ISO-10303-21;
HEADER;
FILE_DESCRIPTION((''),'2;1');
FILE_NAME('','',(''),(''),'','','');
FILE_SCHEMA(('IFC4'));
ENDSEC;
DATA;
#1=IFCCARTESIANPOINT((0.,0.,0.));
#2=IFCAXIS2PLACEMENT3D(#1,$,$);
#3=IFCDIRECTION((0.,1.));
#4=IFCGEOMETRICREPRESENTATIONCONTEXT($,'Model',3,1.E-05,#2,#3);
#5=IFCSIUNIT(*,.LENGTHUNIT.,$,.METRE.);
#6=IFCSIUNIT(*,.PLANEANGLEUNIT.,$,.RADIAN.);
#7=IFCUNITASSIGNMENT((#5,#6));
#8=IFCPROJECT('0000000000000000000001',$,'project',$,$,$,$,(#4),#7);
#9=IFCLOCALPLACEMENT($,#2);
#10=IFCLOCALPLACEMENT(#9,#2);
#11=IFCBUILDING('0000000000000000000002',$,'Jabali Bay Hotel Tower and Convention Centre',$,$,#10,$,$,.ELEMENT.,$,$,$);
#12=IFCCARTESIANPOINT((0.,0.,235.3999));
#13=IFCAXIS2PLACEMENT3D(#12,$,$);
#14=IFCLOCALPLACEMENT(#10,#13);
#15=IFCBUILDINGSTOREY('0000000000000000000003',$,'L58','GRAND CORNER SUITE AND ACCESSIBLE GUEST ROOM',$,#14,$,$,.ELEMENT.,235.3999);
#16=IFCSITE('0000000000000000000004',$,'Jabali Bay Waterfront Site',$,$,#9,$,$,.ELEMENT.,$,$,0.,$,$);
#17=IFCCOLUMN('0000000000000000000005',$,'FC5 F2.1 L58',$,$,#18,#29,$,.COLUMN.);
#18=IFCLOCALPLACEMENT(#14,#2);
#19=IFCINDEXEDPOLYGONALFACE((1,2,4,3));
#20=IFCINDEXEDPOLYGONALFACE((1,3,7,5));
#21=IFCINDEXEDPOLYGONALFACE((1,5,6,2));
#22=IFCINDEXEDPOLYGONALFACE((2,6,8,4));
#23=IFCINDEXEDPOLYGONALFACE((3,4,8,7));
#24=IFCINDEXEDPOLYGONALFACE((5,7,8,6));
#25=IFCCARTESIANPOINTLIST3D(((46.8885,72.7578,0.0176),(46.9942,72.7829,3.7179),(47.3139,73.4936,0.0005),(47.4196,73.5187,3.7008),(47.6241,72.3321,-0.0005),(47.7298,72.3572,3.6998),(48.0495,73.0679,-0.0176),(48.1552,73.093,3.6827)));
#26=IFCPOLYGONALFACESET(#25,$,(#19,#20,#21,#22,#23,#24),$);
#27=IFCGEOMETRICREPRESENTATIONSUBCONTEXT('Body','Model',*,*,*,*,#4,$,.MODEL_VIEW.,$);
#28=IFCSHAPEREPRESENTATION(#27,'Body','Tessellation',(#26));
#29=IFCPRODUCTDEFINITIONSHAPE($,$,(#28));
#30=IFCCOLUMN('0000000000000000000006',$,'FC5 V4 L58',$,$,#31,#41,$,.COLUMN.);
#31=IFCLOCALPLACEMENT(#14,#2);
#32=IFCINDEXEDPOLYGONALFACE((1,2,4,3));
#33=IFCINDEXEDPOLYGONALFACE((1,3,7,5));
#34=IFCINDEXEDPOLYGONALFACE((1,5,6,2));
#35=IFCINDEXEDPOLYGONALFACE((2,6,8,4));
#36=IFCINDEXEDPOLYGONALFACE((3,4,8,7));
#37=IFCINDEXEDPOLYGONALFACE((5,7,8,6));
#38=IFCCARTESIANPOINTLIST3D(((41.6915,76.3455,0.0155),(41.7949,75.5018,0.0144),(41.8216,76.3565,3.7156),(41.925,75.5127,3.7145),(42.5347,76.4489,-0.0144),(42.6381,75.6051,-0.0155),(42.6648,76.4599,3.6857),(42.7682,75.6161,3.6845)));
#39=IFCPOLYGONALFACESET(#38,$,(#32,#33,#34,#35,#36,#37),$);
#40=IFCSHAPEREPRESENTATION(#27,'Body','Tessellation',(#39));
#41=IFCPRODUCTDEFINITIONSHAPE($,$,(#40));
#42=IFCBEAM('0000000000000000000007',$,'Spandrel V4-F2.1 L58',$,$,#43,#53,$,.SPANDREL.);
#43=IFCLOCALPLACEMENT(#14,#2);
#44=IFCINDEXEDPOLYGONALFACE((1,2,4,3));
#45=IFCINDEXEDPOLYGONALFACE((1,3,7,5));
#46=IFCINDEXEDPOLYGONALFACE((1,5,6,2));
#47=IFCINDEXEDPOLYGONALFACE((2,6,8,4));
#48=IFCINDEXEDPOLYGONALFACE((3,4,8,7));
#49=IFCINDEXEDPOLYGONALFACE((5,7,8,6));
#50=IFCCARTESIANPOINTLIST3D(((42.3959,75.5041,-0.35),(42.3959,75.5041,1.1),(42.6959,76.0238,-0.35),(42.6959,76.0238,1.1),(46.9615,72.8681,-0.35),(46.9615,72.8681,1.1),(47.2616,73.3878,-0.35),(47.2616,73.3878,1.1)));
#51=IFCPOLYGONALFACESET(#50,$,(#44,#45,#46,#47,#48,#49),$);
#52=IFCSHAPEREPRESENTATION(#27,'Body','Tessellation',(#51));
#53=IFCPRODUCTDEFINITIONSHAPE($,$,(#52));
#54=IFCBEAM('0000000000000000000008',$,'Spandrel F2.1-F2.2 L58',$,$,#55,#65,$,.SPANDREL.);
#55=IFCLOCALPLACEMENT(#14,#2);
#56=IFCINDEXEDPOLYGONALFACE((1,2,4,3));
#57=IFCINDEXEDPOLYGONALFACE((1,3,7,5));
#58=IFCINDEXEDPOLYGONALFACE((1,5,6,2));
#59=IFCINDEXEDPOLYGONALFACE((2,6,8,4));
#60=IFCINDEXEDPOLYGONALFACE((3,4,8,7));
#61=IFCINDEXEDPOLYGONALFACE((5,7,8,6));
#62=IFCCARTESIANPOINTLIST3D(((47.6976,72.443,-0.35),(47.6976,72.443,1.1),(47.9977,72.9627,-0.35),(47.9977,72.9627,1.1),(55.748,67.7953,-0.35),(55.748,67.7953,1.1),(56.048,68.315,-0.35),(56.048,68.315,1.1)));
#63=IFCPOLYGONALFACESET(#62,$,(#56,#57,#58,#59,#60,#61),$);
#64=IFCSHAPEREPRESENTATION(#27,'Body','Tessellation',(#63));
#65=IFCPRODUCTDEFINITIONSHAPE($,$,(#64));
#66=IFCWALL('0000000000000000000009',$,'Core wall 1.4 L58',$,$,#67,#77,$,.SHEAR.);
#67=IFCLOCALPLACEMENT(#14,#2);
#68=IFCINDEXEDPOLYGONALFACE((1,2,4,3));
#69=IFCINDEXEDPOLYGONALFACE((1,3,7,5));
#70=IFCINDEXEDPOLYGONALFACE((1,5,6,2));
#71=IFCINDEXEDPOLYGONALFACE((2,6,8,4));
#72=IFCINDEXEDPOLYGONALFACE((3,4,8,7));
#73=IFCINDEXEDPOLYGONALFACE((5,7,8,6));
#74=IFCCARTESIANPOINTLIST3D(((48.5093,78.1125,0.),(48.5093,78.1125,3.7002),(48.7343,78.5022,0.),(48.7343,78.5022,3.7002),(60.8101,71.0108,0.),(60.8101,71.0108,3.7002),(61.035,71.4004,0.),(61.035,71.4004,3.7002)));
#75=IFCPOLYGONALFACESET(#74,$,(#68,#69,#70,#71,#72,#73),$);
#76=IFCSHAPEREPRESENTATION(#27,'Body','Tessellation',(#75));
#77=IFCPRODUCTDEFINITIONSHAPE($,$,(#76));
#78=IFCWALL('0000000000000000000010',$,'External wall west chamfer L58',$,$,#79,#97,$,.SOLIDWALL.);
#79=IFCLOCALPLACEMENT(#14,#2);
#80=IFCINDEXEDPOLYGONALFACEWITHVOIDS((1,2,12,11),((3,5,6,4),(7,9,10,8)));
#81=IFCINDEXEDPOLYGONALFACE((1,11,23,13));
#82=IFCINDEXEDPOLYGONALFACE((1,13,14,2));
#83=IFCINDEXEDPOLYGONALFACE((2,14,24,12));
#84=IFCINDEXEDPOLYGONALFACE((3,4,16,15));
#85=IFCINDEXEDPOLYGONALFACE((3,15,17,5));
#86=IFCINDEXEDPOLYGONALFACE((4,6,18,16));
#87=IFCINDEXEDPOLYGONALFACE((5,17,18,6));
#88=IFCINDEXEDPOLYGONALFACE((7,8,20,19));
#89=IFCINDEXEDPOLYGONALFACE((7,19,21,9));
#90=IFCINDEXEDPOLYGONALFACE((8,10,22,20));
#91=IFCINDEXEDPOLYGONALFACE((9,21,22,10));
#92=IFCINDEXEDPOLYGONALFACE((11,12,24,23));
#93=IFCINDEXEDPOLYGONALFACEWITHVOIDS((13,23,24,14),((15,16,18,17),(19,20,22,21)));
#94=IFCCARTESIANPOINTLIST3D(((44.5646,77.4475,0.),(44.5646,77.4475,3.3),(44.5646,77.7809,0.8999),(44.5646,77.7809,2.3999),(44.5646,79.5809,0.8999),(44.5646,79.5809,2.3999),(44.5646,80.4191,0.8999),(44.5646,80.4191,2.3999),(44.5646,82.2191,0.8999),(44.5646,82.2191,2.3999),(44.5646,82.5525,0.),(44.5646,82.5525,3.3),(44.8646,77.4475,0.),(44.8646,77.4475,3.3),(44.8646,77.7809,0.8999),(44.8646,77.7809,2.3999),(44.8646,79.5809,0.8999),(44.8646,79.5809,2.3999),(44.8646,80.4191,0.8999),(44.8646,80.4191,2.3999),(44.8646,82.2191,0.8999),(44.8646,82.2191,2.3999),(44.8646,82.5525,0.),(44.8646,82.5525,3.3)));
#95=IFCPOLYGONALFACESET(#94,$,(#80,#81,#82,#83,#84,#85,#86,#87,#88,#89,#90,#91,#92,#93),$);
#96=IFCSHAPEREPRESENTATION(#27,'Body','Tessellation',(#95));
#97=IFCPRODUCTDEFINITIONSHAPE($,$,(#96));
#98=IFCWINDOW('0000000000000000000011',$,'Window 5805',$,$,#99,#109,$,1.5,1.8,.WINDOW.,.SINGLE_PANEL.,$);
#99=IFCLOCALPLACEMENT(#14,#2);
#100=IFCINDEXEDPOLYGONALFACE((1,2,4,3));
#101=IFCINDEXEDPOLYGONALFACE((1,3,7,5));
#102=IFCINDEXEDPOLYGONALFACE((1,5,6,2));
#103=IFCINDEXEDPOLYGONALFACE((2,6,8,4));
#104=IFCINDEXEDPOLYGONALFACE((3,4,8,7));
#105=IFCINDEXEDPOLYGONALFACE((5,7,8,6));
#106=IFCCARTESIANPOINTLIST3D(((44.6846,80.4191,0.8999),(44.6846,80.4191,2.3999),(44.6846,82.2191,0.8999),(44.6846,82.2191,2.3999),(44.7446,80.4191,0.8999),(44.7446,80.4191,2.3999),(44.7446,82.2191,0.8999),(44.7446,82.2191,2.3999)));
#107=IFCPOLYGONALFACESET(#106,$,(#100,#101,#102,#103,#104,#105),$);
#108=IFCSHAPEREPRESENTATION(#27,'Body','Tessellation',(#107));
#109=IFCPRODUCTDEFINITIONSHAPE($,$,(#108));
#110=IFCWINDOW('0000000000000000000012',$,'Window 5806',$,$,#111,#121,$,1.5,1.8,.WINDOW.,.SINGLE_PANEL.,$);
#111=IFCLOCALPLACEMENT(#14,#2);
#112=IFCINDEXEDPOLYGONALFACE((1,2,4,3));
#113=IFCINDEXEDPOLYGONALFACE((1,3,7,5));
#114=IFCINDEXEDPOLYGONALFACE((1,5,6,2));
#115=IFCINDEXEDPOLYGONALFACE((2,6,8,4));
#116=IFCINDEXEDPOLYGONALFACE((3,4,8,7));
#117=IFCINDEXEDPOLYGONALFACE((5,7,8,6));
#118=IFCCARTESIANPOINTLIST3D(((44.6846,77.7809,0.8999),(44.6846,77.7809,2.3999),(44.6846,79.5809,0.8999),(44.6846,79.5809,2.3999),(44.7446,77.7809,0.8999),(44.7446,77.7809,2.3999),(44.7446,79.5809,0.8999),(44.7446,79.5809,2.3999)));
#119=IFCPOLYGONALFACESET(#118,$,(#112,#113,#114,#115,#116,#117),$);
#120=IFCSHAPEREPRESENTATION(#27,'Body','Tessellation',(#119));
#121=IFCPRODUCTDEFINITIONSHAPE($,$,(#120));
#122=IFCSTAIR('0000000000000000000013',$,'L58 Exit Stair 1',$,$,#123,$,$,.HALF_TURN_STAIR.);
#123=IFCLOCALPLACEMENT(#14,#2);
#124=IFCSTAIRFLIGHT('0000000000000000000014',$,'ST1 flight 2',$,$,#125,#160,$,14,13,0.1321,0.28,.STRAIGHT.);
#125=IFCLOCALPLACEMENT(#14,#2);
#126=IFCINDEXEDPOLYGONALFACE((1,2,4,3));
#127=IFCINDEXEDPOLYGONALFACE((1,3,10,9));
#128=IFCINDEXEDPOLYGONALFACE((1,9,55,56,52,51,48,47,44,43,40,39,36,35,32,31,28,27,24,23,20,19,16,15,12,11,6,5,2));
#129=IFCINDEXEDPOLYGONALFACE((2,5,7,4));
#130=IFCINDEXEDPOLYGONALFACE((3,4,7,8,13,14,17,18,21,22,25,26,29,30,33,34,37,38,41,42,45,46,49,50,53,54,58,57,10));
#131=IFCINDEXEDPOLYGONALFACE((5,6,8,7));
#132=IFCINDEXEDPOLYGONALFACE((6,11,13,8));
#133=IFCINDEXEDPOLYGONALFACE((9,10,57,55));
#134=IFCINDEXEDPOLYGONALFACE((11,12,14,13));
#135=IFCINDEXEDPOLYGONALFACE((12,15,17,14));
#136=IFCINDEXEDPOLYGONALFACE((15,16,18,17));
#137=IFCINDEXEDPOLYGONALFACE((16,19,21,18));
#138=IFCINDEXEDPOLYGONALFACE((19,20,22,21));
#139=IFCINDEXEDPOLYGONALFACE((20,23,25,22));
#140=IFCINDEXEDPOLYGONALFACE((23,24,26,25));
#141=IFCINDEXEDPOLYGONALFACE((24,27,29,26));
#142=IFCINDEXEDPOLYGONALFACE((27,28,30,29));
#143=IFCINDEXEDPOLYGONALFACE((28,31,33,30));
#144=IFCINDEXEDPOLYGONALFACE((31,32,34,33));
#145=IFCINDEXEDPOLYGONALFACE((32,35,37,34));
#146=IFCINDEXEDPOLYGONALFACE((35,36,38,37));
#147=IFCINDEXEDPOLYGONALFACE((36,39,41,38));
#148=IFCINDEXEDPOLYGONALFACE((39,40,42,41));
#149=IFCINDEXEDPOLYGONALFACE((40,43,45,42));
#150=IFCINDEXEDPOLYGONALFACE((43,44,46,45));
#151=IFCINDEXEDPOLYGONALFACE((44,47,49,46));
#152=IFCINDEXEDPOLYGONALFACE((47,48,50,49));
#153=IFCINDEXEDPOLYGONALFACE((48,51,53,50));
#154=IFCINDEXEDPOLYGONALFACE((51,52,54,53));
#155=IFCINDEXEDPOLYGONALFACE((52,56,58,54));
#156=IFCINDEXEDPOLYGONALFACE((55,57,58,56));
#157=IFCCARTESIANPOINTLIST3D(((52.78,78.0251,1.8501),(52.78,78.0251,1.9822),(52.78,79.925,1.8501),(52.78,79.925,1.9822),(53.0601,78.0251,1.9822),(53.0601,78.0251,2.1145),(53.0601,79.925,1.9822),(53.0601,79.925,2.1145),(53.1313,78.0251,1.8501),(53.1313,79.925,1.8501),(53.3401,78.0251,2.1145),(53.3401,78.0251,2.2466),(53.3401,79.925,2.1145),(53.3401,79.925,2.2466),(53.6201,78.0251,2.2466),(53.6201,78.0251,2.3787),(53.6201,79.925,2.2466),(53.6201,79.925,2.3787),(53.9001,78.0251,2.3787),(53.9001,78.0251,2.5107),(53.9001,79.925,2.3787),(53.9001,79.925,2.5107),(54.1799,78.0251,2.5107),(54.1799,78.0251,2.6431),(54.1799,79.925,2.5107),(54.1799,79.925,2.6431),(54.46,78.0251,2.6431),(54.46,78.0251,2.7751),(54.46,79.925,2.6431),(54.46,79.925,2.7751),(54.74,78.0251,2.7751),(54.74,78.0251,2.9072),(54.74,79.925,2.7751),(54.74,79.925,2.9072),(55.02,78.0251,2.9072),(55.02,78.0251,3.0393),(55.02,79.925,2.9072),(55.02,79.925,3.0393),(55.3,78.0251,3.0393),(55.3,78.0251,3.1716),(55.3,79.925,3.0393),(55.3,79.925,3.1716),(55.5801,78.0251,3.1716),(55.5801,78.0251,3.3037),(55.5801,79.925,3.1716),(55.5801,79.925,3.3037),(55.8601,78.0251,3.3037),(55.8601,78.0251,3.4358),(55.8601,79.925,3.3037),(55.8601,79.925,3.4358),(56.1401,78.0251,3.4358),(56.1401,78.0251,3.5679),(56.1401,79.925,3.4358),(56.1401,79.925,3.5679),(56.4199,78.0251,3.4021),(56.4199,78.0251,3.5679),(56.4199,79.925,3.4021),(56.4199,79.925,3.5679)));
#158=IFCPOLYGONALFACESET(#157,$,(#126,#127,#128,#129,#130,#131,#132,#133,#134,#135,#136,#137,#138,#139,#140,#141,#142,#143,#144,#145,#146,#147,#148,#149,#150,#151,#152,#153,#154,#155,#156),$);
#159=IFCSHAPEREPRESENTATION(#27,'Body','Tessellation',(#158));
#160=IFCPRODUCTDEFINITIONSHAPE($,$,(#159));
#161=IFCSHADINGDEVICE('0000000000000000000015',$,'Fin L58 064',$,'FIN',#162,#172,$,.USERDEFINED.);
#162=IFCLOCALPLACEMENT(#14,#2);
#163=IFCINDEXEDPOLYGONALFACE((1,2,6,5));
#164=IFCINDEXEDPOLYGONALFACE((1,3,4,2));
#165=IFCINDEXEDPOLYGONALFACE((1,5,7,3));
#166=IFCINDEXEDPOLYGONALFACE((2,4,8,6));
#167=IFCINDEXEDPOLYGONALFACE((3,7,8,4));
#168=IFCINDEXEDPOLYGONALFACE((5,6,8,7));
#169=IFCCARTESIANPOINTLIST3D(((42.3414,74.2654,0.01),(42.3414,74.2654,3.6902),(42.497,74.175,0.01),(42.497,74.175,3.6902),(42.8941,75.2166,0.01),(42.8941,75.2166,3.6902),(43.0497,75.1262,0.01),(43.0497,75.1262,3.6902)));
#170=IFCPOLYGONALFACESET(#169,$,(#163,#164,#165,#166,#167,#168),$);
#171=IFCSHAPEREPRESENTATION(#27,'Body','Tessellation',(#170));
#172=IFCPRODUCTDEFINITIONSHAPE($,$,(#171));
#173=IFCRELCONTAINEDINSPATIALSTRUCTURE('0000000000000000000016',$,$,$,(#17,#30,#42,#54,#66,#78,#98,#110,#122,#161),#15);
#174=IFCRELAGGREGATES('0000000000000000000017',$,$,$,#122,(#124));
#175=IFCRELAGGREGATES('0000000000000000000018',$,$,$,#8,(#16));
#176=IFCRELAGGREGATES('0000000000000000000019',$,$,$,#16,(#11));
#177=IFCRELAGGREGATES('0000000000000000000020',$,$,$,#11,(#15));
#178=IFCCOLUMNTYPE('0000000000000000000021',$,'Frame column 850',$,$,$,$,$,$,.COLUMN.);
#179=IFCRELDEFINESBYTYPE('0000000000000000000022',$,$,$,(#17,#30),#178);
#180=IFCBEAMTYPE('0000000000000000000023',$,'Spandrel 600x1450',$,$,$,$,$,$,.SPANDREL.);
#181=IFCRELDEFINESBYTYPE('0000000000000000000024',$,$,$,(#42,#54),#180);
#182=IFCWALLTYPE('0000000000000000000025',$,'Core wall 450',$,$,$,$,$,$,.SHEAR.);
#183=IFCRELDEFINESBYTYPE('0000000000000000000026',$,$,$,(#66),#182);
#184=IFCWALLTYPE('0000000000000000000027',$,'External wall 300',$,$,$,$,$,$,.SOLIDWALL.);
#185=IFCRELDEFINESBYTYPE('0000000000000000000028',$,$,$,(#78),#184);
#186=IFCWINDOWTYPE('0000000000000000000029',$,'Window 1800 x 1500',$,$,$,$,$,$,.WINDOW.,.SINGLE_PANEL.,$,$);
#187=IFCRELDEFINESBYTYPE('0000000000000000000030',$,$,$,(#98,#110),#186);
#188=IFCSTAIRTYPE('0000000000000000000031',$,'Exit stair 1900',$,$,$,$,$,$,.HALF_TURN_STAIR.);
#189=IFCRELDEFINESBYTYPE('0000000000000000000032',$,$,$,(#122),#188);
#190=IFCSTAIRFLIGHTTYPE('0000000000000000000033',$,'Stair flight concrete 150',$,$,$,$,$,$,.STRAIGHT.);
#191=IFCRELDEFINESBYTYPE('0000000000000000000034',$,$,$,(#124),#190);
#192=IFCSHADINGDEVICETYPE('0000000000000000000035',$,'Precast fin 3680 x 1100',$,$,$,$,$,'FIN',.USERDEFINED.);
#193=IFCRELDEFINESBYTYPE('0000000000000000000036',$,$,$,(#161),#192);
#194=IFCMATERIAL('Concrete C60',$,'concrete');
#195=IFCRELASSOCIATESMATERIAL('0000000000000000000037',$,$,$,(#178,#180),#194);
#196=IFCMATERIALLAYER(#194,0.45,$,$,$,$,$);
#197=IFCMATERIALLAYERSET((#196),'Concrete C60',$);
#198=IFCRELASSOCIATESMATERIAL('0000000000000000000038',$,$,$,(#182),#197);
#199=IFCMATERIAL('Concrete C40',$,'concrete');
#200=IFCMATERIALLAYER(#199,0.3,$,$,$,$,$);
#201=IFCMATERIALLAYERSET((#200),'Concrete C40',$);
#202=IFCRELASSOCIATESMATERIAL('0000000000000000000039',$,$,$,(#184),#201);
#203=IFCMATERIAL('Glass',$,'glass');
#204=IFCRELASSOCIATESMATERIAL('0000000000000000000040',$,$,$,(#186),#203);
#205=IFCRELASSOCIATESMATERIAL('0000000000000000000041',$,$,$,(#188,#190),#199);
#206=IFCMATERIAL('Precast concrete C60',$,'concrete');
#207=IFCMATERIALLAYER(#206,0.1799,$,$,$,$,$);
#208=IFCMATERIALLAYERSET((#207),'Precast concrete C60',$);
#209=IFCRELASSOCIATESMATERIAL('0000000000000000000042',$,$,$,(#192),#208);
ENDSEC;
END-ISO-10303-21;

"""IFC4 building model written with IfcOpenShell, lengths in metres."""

from ifc_helpers import new_model, si_unit, direction, frame, frame_2d, origin, origin_2d, place, context, subcontext, project, spatial, polyline, rectangle, outline, extrude, material, layer, layer_set, material_profile, profile_set, type_object, element, fill, aggregate, save


model = new_model("IFC4")

# Units and contexts
model_context = context("Model", 3, precision=1e-05, world=origin(), true_north=direction((0.0, 1.0)))
body_context = subcontext(model_context, "Body", "Model", "MODEL_VIEW")
ifc_project = project(units=[si_unit("LENGTHUNIT", "METRE"), si_unit("PLANEANGLEUNIT", "RADIAN")], contexts=[model_context])

# Site, building, storey
site_placement = place(None, origin())
site = spatial("IfcSite", under=ifc_project, at=site_placement, Name="Jabali Bay Waterfront Site", CompositionType="ELEMENT", RefElevation=0.0)
building_placement = place(site_placement, origin())
building = spatial("IfcBuilding", under=site, at=building_placement, Name="Jabali Bay Hotel Tower and Convention Centre", CompositionType="ELEMENT")
storey_placement = place(building_placement, frame((0.0, 0.0, 235.3999)))
storey = spatial("IfcBuildingStorey", under=building, at=storey_placement, Name="L58", Description="GRAND CORNER SUITE AND ACCESSIBLE GUEST ROOM", CompositionType="ELEMENT", Elevation=235.3999)

# Columns
ifc_material_1 = material(Name="Concrete C60", Category="concrete")
ifc_material_profile_1 = material_profile(ifc_material_1, rectangle(XDim=0.8501, YDim=0.8501, at=origin_2d()), Name="Frame column 850")
ifc_profile_set_1 = profile_set([ifc_material_profile_1], Name="Concrete C60")
column_type = type_object("IfcColumnType", Name="Frame column 850", PredefinedType="COLUMN", material=ifc_profile_set_1)
column_1_placement = place(storey_placement, frame((47.469, 72.9128, 0.0), z_axis=(0.028557, 0.006793, 0.999569), x_axis=(-0.865319, 0.500768, 0.021319)))
element("IfcColumn", 1, at=column_1_placement, inside=storey, type_object=column_type, Name="FC5 F2.1 L58", PredefinedType="COLUMN", context=body_context, shape_type="SweptSolid", body=[
    extrude(rectangle(XDim=0.8501, YDim=0.8501, at=origin_2d()), origin(), (0.0, 0.0, 1.0), 3.7019),
])
column_2_placement = place(storey_placement, frame((42.1648, 75.9753, 0.0), z_axis=(0.035146, 0.002967, 0.999378), x_axis=(-0.121641, 0.992573, 0.001331)))
element("IfcColumn", 2, at=column_2_placement, inside=storey, type_object=column_type, Name="FC5 V4 L58", PredefinedType="COLUMN", context=body_context, shape_type="SweptSolid", body=[
    extrude(rectangle(XDim=0.8501, YDim=0.8501, at=origin_2d()), origin(), (0.0, 0.0, 1.0), 3.7024),
])

# Beams
ifc_material_profile_2 = material_profile(ifc_material_1, rectangle(XDim=0.6001, YDim=1.45, at=origin_2d()), Name="Spandrel 600x1450")
ifc_profile_set_2 = profile_set([ifc_material_profile_2], Name="Concrete C60")
beam_type = type_object("IfcBeamType", Name="Spandrel 600x1450", PredefinedType="SPANDREL", material=ifc_profile_set_2)
beam_1_placement = place(storey_placement, frame((42.5459, 75.7639, 0.375), z_axis=(0.866026, -0.499999, 0.0), x_axis=(0.499999, 0.866026, 0.0)))
element("IfcBeam", 3, at=beam_1_placement, inside=storey, type_object=beam_type, Name="Spandrel V4-F2.1 L58", PredefinedType="SPANDREL", context=body_context, shape_type="SweptSolid", body=[
    extrude(rectangle(XDim=0.6001, YDim=1.45, at=origin_2d()), origin(), (0.0, 0.0, 1.0), 5.272),
])
beam_2_placement = place(storey_placement, frame((47.8477, 72.7029, 0.375), z_axis=(0.866032, -0.499989, 0.0), x_axis=(0.499989, 0.866032, 0.0)))
element("IfcBeam", 4, at=beam_2_placement, inside=storey, type_object=beam_type, Name="Spandrel F2.1-F2.2 L58", PredefinedType="SPANDREL", context=body_context, shape_type="SweptSolid", body=[
    extrude(rectangle(XDim=0.6001, YDim=1.45, at=origin_2d()), origin(), (0.0, 0.0, 1.0), 9.2957),
])

# Wall
ifc_layer_1 = layer(ifc_material_1, 0.45)
ifc_layer_set_1 = layer_set([ifc_layer_1], Name="Concrete C60")
wall_type_1 = type_object("IfcWallType", Name="Core wall 450", PredefinedType="SHEAR", material=ifc_layer_set_1)
wall_1_placement = place(storey_placement, frame((48.6218, 78.3074, 0.0), z_axis=(0.0, 0.0, 1.0), x_axis=(0.866027, -0.499997, 0.0)))
element("IfcWall", 5, at=wall_1_placement, inside=storey, type_object=wall_type_1, Name="Core wall 1.4 L58", PredefinedType="SHEAR", context=body_context, shape_type="SweptSolid", body=[
    extrude(rectangle(XDim=14.2036, YDim=0.45, at=frame_2d((7.1018, 0.0))), origin(), (0.0, 0.0, 1.0), 3.7002),
])

# Wall, openings, windows
ifc_material_2 = material(Name="Concrete C40", Category="concrete")
ifc_layer_2 = layer(ifc_material_2, 0.3)
ifc_layer_set_2 = layer_set([ifc_layer_2], Name="Concrete C40")
wall_type_2 = type_object("IfcWallType", Name="External wall 300", PredefinedType="SOLIDWALL", material=ifc_layer_set_2)
wall_2_placement = place(storey_placement, frame((44.7146, 77.4475, 0.0), z_axis=(0.0, 0.0, 1.0), x_axis=(0.0, 1.0, 0.0)))
wall_2 = element("IfcWall", 6, at=wall_2_placement, inside=storey, type_object=wall_type_2, Name="External wall west chamfer L58", PredefinedType="SOLIDWALL", context=body_context, shape_type="SweptSolid", body=[
    extrude(rectangle(XDim=5.105, YDim=0.3, at=frame_2d((2.5525, 0.0))), origin(), (0.0, 0.0, 1.0), 3.3),
])
opening_1_placement = place(wall_2_placement, frame((2.9717, 0.0, 0.8999)))
opening_1 = element("IfcOpeningElement", 7, at=opening_1_placement, cuts=wall_2, PredefinedType="OPENING", context=body_context, shape_type="SweptSolid", body=[
    extrude(rectangle(XDim=1.8, YDim=1.5, at=frame_2d((0.8999, 0.75))), frame((0.0, 0.1606, 0.0), z_axis=(0.0, -1.0, 0.0), x_axis=(1.0, 0.0, 0.0)), (0.0, 0.0, 1.0), 0.321),
])
opening_2_placement = place(wall_2_placement, frame((0.3335, 0.0, 0.8999)))
opening_2 = element("IfcOpeningElement", 8, at=opening_2_placement, cuts=wall_2, PredefinedType="OPENING", context=body_context, shape_type="SweptSolid", body=[
    extrude(rectangle(XDim=1.8, YDim=1.5, at=frame_2d((0.8999, 0.75))), frame((0.0, 0.1606, 0.0), z_axis=(0.0, -1.0, 0.0), x_axis=(1.0, 0.0, 0.0)), (0.0, 0.0, 1.0), 0.321),
])
ifc_material_3 = material(Name="Glass", Category="glass")
window_type = type_object("IfcWindowType", Name="Window 1800 x 1500", PartitioningType="SINGLE_PANEL", PredefinedType="WINDOW", material=ifc_material_3)
window_1_placement = place(opening_1_placement, origin())
window_1 = element("IfcWindow", 9, at=window_1_placement, inside=storey, type_object=window_type, Name="Window 5805", OverallHeight=1.5, OverallWidth=1.8, PartitioningType="SINGLE_PANEL", PredefinedType="WINDOW", context=body_context, shape_type="SweptSolid", body=[
    extrude(rectangle(XDim=1.8, YDim=1.5, at=frame_2d((0.8999, 0.75))), frame((0.0, 0.03, 0.0), z_axis=(0.0, -1.0, 0.0), x_axis=(1.0, 0.0, 0.0)), (0.0, 0.0, 1.0), 0.0601),
])
fill(opening_1, window_1)
window_2_placement = place(opening_2_placement, origin())
window_2 = element("IfcWindow", 10, at=window_2_placement, inside=storey, type_object=window_type, Name="Window 5806", OverallHeight=1.5, OverallWidth=1.8, PartitioningType="SINGLE_PANEL", PredefinedType="WINDOW", context=body_context, shape_type="SweptSolid", body=[
    extrude(rectangle(XDim=1.8, YDim=1.5, at=frame_2d((0.8999, 0.75))), frame((0.0, 0.03, 0.0), z_axis=(0.0, -1.0, 0.0), x_axis=(1.0, 0.0, 0.0)), (0.0, 0.0, 1.0), 0.0601),
])
fill(opening_2, window_2)

# Stair, stair flight
stair_type = type_object("IfcStairType", Name="Exit stair 1900", PredefinedType="HALF_TURN_STAIR", material=ifc_material_2)
stair_placement = place(storey_placement, origin())
stair = element("IfcStair", 11, at=stair_placement, inside=storey, type_object=stair_type, Name="L58 Exit Stair 1", PredefinedType="HALF_TURN_STAIR")
stair_flight_type = type_object("IfcStairFlightType", Name="Stair flight concrete 150", PredefinedType="STRAIGHT", material=ifc_material_2)
stair_flight_placement = place(storey_placement, frame((52.78, 78.9751, 1.8501), z_axis=(0.0, 0.0, 1.0), x_axis=(1.0, 0.0, 0.0)))
stair_flight = element("IfcStairFlight", 12, at=stair_flight_placement, type_object=stair_flight_type, Name="ST1 flight 2", NumberOfRisers=14, NumberOfTreads=13, PredefinedType="STRAIGHT", RiserHeight=0.1321, TreadLength=0.28, context=body_context, shape_type="SweptSolid", body=[
    extrude(outline(polyline([(0.0, 0.0), (0.0, 0.1321), (0.28, 0.1321), (0.28, 0.2644), (0.5601, 0.2644), (0.5601, 0.3965), (0.8401, 0.3965), (0.8401, 0.5286), (1.1201, 0.5286), (1.1201, 0.6606), (1.3999, 0.6606), (1.3999, 0.793), (1.6799, 0.793), (1.6799, 0.925), (1.96, 0.925), (1.96, 1.0571), (2.24, 1.0571), (2.24, 1.1892), (2.52, 1.1892), (2.52, 1.3215), (2.8, 1.3215), (2.8, 1.4536), (3.0801, 1.4536), (3.0801, 1.5857), (3.3601, 1.5857), (3.3601, 1.7178), (3.6399, 1.7178), (3.6399, 1.8501), (3.6399, 1.552), (0.3513, 0.0), (0.0, 0.0)])), frame((0.0, 0.95, 0.0), z_axis=(0.0, -1.0, 0.0), x_axis=(1.0, 0.0, 0.0)), (0.0, 0.0, 1.0), 1.8999),
])
aggregate(stair, [stair_flight])

# Shading device
ifc_material_4 = material(Name="Precast concrete C60", Category="concrete")
ifc_layer_3 = layer(ifc_material_4, 0.1799)
ifc_layer_set_3 = layer_set([ifc_layer_3], Name="Precast concrete C60")
shading_device_type_1 = type_object("IfcShadingDeviceType", Name="Precast fin 3680 x 1100", ElementType="FIN", PredefinedType="USERDEFINED", material=ifc_layer_set_3)
for number, where, z_axis, x_axis, name in (
    (13, (42.9719, 75.1714, 0.01), (0.0, 0.0, 1.0), (-0.502435, -0.864615, 0.0), "Fin L58 064"),
):
    element("IfcShadingDevice", number, at=place(storey_placement, frame(where, z_axis=z_axis, x_axis=x_axis)), inside=storey, type_object=shading_device_type_1, Name=name, ObjectType="FIN", PredefinedType="USERDEFINED", context=body_context, shape_type="SweptSolid", body=[
        extrude(rectangle(XDim=1.1001, YDim=0.1799, at=frame_2d((0.55, 0.0))), origin(), (0.0, 0.0, 1.0), 3.6802),
    ])

save(model, "model.ifc")
